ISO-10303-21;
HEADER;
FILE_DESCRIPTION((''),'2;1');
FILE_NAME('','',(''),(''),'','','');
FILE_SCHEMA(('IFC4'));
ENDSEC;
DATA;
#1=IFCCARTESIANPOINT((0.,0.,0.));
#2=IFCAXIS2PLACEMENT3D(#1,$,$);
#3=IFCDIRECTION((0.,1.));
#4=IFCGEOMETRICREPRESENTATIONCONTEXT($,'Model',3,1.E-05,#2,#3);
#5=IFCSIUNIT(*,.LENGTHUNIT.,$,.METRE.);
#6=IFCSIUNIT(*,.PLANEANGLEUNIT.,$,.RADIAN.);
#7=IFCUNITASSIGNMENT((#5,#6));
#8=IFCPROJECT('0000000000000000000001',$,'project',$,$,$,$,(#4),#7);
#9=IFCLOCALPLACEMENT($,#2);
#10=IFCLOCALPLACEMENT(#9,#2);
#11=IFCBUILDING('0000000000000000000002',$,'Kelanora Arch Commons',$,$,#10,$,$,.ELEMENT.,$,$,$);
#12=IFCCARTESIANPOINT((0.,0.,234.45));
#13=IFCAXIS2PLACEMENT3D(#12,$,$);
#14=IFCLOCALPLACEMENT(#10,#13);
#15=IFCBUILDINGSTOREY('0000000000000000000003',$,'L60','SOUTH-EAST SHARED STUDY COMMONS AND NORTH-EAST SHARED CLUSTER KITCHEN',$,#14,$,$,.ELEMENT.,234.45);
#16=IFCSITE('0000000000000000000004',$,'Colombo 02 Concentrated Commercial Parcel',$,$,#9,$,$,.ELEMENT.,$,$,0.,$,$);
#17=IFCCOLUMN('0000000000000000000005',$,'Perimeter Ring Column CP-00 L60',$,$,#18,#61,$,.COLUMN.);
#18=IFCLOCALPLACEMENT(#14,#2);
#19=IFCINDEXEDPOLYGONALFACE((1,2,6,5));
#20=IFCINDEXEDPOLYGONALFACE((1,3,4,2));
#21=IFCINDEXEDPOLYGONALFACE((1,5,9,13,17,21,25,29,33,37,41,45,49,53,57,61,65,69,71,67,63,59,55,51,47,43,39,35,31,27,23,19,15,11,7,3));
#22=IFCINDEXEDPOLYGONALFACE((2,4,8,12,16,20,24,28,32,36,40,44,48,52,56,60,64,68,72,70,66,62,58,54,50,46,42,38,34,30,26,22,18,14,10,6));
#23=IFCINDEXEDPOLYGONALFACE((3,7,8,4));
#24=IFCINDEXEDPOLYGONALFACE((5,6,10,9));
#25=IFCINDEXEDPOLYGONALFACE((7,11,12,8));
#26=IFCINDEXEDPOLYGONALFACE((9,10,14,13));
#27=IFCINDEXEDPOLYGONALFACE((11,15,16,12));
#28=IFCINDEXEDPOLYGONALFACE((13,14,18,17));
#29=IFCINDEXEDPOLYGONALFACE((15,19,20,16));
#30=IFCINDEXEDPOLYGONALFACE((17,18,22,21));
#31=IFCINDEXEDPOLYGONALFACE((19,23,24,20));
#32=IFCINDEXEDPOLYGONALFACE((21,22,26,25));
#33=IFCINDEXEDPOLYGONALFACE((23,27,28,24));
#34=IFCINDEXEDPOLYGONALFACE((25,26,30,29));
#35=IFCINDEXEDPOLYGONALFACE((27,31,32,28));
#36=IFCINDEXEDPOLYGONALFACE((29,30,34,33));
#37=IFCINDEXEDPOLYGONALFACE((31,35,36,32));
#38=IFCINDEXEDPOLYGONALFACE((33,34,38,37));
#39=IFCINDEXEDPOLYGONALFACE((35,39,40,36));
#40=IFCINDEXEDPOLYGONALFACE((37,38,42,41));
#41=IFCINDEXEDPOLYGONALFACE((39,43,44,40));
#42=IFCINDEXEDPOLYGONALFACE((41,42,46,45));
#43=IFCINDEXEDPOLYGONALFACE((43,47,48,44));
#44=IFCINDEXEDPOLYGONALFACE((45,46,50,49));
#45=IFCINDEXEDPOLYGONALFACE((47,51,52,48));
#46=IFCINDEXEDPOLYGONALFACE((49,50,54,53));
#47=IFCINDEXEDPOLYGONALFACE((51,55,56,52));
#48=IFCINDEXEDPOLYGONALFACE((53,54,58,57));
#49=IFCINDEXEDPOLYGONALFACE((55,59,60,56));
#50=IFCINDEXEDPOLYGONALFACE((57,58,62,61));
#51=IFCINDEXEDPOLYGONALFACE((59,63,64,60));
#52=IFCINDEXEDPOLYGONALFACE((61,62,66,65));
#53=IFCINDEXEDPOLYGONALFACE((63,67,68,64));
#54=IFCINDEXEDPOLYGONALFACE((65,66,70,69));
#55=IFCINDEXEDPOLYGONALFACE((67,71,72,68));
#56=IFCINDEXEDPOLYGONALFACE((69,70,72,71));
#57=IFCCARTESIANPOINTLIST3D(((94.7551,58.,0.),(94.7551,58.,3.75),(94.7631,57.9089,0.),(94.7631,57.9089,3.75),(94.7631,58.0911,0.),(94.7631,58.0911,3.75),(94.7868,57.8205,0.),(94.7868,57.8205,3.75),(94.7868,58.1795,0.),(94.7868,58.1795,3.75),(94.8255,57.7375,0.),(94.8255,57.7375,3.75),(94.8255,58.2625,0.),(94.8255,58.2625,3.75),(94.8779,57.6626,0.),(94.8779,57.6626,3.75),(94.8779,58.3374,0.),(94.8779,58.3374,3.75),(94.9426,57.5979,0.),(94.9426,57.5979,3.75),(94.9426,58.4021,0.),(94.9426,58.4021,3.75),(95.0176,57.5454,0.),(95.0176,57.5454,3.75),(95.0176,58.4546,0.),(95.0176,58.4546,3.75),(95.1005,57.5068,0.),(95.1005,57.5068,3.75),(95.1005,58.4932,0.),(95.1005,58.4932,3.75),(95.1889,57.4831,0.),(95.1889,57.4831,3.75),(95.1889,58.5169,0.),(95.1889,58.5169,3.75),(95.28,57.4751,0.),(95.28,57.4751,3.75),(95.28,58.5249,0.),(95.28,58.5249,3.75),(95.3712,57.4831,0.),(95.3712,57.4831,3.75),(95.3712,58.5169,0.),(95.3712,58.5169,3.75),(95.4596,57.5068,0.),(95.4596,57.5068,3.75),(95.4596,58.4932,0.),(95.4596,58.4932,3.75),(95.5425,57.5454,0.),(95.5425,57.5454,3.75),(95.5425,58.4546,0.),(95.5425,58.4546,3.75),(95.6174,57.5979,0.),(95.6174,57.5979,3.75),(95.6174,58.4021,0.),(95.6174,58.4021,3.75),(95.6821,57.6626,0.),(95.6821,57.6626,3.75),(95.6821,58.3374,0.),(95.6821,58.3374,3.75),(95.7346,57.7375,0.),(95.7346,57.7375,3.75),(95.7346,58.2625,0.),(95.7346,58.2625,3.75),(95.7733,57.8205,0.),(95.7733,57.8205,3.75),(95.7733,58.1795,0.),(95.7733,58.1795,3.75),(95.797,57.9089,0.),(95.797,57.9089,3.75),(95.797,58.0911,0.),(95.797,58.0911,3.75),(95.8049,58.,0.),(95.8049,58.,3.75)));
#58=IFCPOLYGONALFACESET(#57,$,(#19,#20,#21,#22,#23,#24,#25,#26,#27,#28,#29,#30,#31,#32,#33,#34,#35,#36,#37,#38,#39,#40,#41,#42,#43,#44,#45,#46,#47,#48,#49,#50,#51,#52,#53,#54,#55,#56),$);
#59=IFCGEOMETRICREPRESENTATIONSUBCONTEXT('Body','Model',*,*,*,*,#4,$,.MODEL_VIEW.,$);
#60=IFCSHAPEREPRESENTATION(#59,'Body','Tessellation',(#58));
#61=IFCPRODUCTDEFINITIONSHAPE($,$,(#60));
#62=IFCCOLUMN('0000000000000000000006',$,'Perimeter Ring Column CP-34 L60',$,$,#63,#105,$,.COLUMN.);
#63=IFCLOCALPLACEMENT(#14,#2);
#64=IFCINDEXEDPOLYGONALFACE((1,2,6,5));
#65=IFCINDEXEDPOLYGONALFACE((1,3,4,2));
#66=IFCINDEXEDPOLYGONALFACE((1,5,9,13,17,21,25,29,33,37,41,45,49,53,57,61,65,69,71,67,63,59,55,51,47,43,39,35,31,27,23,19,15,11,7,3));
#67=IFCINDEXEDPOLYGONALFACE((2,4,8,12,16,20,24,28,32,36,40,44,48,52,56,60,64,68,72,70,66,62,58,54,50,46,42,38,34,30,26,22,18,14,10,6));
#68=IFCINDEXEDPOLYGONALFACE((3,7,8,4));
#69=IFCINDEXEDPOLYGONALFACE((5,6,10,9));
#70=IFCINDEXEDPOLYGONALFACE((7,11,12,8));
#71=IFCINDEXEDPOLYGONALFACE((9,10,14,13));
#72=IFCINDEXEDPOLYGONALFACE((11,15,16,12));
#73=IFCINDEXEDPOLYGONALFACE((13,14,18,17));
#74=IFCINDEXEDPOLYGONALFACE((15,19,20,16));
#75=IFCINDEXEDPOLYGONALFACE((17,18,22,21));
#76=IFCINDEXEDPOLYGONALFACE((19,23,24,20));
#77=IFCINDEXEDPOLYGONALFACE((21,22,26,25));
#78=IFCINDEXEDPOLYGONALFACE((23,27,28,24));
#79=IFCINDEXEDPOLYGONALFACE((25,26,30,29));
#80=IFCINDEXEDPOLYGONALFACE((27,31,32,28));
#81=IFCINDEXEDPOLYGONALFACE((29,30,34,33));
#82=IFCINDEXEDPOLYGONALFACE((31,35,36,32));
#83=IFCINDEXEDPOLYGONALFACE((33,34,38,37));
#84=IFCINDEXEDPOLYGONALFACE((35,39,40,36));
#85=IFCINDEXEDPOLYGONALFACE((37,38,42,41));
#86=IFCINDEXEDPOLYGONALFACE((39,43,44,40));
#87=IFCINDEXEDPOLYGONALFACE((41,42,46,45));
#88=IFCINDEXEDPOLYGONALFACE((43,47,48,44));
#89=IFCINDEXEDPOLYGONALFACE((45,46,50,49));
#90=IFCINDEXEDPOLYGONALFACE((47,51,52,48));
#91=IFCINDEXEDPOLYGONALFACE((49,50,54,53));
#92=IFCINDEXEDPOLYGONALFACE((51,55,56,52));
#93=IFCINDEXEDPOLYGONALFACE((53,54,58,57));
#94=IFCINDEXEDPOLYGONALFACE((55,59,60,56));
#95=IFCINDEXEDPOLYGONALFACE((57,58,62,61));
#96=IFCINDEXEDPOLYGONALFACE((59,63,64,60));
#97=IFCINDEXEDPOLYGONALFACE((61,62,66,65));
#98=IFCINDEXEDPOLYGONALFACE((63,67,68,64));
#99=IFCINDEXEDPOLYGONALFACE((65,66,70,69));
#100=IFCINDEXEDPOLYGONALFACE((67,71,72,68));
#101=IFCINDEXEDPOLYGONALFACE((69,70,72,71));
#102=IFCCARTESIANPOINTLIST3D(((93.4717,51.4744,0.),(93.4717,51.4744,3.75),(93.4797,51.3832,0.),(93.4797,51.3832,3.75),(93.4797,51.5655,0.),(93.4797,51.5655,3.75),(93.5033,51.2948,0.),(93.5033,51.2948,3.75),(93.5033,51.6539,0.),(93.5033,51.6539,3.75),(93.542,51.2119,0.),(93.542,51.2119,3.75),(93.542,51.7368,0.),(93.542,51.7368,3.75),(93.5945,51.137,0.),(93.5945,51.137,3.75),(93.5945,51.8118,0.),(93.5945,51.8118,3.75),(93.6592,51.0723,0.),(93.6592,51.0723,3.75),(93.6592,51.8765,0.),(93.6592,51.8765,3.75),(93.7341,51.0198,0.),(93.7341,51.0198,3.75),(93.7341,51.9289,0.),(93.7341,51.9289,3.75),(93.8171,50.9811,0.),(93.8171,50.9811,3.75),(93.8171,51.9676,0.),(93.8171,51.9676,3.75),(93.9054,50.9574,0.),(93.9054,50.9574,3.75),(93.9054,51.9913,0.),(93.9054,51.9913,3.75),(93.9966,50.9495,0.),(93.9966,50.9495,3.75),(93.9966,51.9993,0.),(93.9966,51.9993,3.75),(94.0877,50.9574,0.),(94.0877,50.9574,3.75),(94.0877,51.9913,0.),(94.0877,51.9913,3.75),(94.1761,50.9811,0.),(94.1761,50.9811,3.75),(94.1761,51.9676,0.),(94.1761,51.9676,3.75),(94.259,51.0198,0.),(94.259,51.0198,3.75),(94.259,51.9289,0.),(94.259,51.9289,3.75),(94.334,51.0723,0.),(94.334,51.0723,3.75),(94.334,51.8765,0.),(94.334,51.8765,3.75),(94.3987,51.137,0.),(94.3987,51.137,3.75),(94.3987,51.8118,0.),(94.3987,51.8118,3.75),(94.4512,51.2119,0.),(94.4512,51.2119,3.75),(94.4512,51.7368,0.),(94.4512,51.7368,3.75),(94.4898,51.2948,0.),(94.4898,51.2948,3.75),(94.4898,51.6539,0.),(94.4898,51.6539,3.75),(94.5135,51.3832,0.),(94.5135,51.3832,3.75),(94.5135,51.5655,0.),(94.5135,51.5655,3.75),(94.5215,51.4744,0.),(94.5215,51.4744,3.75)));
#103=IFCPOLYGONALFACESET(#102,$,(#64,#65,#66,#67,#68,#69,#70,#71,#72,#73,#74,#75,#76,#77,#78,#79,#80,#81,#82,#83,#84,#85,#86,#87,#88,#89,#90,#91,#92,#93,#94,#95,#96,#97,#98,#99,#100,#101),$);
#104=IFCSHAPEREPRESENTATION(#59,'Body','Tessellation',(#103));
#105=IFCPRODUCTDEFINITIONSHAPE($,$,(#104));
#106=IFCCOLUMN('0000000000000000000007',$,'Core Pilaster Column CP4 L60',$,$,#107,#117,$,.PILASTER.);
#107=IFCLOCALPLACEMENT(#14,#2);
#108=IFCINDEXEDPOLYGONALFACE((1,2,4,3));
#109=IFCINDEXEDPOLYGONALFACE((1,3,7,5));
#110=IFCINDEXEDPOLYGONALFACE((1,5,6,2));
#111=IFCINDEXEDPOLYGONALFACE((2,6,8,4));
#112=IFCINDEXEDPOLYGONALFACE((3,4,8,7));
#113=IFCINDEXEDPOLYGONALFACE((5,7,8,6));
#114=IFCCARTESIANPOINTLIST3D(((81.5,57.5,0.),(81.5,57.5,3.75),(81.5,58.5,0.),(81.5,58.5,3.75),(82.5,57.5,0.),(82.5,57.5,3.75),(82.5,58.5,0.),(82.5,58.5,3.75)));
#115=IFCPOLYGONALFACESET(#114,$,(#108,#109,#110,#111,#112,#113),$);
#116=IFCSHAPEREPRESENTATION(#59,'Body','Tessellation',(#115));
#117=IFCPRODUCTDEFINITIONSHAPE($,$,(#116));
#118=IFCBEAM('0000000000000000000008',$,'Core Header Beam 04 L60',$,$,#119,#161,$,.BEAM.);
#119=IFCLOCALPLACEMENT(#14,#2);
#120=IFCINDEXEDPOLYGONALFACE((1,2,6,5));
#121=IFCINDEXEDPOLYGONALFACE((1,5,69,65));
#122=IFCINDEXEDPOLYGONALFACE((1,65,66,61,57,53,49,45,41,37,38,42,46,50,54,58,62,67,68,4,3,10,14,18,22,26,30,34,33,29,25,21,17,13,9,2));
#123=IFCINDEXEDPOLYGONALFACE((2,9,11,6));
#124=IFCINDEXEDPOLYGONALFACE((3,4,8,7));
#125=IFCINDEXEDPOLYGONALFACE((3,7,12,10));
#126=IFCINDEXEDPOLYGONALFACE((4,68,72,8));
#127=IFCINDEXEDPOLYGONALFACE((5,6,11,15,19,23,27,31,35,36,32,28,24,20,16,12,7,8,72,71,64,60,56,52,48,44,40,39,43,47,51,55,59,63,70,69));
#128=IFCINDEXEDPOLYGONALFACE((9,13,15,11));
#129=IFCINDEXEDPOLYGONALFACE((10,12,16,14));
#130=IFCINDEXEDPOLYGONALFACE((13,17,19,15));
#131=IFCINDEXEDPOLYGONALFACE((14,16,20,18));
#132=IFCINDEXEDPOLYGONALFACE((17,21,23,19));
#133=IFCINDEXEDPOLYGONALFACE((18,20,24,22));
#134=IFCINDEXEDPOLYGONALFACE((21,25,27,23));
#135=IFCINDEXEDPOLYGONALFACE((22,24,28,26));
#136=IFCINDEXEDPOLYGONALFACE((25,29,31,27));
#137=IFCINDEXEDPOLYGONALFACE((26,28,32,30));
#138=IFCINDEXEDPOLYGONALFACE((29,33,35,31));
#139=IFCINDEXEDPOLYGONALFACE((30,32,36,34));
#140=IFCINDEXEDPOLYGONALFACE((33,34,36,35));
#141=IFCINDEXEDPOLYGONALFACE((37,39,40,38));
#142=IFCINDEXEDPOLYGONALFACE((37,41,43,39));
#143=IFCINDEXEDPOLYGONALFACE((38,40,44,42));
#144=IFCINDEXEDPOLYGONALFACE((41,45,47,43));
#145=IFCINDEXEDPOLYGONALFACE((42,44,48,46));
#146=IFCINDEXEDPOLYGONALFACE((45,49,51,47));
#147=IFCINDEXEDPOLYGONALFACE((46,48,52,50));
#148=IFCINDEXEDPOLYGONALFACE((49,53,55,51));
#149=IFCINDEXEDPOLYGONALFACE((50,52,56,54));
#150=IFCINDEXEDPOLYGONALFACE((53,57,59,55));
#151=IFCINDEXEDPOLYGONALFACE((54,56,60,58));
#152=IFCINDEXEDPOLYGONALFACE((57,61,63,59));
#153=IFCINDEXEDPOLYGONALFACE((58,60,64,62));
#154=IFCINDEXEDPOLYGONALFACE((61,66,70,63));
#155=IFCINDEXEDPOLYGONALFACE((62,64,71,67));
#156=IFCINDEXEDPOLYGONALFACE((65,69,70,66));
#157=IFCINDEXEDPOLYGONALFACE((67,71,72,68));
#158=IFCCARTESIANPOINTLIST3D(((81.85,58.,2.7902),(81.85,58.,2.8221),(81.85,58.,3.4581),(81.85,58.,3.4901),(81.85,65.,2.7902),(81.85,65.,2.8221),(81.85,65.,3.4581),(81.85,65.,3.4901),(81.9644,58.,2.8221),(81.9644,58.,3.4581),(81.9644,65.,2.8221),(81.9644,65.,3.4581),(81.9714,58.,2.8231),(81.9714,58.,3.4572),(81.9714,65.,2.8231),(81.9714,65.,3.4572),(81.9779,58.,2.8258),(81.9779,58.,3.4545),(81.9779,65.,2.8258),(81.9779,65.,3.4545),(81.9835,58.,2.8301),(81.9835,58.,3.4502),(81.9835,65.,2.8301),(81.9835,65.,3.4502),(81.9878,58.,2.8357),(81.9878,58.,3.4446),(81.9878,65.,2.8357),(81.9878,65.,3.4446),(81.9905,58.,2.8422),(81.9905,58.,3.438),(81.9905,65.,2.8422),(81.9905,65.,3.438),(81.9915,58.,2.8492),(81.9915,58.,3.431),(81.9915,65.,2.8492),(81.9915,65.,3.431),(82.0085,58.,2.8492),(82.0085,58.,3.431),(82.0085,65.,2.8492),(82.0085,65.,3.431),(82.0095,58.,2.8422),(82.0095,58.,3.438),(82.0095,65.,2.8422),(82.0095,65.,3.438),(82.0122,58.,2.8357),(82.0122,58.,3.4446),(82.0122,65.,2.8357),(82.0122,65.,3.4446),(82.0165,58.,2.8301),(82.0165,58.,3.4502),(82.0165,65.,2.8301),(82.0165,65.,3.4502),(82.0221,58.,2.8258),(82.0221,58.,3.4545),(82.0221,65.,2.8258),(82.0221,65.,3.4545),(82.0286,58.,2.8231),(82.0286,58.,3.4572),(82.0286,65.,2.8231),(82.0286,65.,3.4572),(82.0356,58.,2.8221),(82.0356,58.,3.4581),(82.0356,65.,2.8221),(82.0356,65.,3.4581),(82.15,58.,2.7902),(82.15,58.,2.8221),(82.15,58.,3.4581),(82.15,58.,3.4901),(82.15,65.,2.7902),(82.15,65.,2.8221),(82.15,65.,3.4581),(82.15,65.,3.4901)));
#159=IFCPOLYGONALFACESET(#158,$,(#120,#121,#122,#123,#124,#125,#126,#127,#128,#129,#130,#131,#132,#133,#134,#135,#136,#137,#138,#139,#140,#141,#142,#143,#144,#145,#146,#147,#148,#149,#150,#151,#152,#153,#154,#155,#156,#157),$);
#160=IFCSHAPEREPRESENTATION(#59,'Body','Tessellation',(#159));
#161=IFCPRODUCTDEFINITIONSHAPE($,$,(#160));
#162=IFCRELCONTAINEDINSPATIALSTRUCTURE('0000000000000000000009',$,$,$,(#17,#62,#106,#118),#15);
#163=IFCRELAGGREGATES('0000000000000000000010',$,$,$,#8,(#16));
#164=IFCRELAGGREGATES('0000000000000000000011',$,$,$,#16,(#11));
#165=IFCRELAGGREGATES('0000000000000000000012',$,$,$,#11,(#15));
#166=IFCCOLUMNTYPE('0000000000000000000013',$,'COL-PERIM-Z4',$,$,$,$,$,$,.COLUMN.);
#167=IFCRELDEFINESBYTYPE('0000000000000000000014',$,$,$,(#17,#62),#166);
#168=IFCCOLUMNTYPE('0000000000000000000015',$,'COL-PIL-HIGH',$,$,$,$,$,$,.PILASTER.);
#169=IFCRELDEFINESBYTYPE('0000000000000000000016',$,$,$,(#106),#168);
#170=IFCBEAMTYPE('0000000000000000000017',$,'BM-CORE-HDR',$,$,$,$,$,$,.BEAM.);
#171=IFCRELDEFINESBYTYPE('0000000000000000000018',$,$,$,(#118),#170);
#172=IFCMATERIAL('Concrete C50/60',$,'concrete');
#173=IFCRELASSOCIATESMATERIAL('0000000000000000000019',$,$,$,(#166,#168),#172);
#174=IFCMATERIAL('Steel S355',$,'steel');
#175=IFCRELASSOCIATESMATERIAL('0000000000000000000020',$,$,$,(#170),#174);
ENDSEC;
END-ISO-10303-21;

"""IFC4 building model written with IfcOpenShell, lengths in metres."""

from ifc_helpers import new_model, si_unit, direction, frame, origin, origin_2d, place, context, subcontext, project, spatial, rectangle, circle, i_section, extrude, material, material_profile, profile_set, type_object, element, save


model = new_model("IFC4")

# Units and contexts
model_context = context("Model", 3, precision=1e-05, world=origin(), true_north=direction((0.0, 1.0)))
body_context = subcontext(model_context, "Body", "Model", "MODEL_VIEW")
ifc_project = project(units=[si_unit("LENGTHUNIT", "METRE"), si_unit("PLANEANGLEUNIT", "RADIAN")], contexts=[model_context])

# Site, building, storey
site_placement = place(None, origin())
site = spatial("IfcSite", under=ifc_project, at=site_placement, Name="Colombo 02 Concentrated Commercial Parcel", CompositionType="ELEMENT", RefElevation=0.0)
building_placement = place(site_placement, origin())
building = spatial("IfcBuilding", under=site, at=building_placement, Name="Kelanora Arch Commons", CompositionType="ELEMENT")
storey_placement = place(building_placement, frame((0.0, 0.0, 234.45)))
storey = spatial("IfcBuildingStorey", under=building, at=storey_placement, Name="L60", Description="SOUTH-EAST SHARED STUDY COMMONS AND NORTH-EAST SHARED CLUSTER KITCHEN", CompositionType="ELEMENT", Elevation=234.45)

# Columns
ifc_material_1 = material(Name="Concrete C50/60", Category="concrete")
ifc_material_profile_1 = material_profile(ifc_material_1, circle(Radius=0.5249, at=origin_2d()), Name="RCC1050")
ifc_profile_set_1 = profile_set([ifc_material_profile_1], Name="Concrete C50/60")
column_type_1 = type_object("IfcColumnType", Name="COL-PERIM-Z4", PredefinedType="COLUMN", material=ifc_profile_set_1)
for number, where, z_axis, x_axis, name in (
    (1, (95.28, 58.0, 0.0), (0.0, 0.0, 1.0), (1.0, 0.0, 0.0), "Perimeter Ring Column CP-00 L60"),
    (2, (93.9966, 51.4744, 0.0), (0.0, 0.0, 1.0), (1.0, 0.0, 0.0), "Perimeter Ring Column CP-34 L60"),
):
    element("IfcColumn", number, at=place(storey_placement, frame(where, z_axis=z_axis, x_axis=x_axis)), inside=storey, type_object=column_type_1, Name=name, PredefinedType="COLUMN", context=body_context, shape_type="SweptSolid", body=[
        extrude(circle(Radius=0.5249, at=origin_2d()), origin(), (0.0, 0.0, 1.0), 3.75),
    ])
ifc_material_profile_2 = material_profile(ifc_material_1, rectangle(XDim=1.0, YDim=1.0, at=origin_2d()), Name="RC1000x1000")
ifc_profile_set_2 = profile_set([ifc_material_profile_2], Name="Concrete C50/60")
column_type_2 = type_object("IfcColumnType", Name="COL-PIL-HIGH", PredefinedType="PILASTER", material=ifc_profile_set_2)
column_placement = place(storey_placement, frame((82.0, 58.0, 0.0), z_axis=(0.0, 0.0, 1.0), x_axis=(1.0, 0.0, 0.0)))
element("IfcColumn", 3, at=column_placement, inside=storey, type_object=column_type_2, Name="Core Pilaster Column CP4 L60", PredefinedType="PILASTER", context=body_context, shape_type="SweptSolid", body=[
    extrude(rectangle(XDim=1.0, YDim=1.0, at=origin_2d()), origin(), (0.0, 0.0, 1.0), 3.75),
])

# Beam
ifc_material_2 = material(Name="Steel S355", Category="steel")
ifc_material_profile_3 = material_profile(ifc_material_2, i_section(OverallWidth=0.3, OverallDepth=0.7, WebThickness=0.0171, FlangeThickness=0.032, FilletRadius=0.0271, at=origin_2d()), Name="HEB700")
ifc_profile_set_3 = profile_set([ifc_material_profile_3], Name="Steel S355")
beam_type_1 = type_object("IfcBeamType", Name="BM-CORE-HDR", PredefinedType="BEAM", material=ifc_profile_set_3)
beam_1_placement = place(storey_placement, frame((82.0, 58.0, 3.1401), z_axis=(0.0, 1.0, 0.0), x_axis=(-1.0, 0.0, 0.0)))
element("IfcBeam", 4, at=beam_1_placement, inside=storey, type_object=beam_type_1, Name="Core Header Beam 04 L60", PredefinedType="BEAM", context=body_context, shape_type="SweptSolid", body=[
    extrude(i_section(OverallWidth=0.3, OverallDepth=0.7, WebThickness=0.0171, FlangeThickness=0.032, FilletRadius=0.0271, at=origin_2d()), origin(), (0.0, 0.0, 1.0), 7.0),
])

save(model, "model.ifc")
